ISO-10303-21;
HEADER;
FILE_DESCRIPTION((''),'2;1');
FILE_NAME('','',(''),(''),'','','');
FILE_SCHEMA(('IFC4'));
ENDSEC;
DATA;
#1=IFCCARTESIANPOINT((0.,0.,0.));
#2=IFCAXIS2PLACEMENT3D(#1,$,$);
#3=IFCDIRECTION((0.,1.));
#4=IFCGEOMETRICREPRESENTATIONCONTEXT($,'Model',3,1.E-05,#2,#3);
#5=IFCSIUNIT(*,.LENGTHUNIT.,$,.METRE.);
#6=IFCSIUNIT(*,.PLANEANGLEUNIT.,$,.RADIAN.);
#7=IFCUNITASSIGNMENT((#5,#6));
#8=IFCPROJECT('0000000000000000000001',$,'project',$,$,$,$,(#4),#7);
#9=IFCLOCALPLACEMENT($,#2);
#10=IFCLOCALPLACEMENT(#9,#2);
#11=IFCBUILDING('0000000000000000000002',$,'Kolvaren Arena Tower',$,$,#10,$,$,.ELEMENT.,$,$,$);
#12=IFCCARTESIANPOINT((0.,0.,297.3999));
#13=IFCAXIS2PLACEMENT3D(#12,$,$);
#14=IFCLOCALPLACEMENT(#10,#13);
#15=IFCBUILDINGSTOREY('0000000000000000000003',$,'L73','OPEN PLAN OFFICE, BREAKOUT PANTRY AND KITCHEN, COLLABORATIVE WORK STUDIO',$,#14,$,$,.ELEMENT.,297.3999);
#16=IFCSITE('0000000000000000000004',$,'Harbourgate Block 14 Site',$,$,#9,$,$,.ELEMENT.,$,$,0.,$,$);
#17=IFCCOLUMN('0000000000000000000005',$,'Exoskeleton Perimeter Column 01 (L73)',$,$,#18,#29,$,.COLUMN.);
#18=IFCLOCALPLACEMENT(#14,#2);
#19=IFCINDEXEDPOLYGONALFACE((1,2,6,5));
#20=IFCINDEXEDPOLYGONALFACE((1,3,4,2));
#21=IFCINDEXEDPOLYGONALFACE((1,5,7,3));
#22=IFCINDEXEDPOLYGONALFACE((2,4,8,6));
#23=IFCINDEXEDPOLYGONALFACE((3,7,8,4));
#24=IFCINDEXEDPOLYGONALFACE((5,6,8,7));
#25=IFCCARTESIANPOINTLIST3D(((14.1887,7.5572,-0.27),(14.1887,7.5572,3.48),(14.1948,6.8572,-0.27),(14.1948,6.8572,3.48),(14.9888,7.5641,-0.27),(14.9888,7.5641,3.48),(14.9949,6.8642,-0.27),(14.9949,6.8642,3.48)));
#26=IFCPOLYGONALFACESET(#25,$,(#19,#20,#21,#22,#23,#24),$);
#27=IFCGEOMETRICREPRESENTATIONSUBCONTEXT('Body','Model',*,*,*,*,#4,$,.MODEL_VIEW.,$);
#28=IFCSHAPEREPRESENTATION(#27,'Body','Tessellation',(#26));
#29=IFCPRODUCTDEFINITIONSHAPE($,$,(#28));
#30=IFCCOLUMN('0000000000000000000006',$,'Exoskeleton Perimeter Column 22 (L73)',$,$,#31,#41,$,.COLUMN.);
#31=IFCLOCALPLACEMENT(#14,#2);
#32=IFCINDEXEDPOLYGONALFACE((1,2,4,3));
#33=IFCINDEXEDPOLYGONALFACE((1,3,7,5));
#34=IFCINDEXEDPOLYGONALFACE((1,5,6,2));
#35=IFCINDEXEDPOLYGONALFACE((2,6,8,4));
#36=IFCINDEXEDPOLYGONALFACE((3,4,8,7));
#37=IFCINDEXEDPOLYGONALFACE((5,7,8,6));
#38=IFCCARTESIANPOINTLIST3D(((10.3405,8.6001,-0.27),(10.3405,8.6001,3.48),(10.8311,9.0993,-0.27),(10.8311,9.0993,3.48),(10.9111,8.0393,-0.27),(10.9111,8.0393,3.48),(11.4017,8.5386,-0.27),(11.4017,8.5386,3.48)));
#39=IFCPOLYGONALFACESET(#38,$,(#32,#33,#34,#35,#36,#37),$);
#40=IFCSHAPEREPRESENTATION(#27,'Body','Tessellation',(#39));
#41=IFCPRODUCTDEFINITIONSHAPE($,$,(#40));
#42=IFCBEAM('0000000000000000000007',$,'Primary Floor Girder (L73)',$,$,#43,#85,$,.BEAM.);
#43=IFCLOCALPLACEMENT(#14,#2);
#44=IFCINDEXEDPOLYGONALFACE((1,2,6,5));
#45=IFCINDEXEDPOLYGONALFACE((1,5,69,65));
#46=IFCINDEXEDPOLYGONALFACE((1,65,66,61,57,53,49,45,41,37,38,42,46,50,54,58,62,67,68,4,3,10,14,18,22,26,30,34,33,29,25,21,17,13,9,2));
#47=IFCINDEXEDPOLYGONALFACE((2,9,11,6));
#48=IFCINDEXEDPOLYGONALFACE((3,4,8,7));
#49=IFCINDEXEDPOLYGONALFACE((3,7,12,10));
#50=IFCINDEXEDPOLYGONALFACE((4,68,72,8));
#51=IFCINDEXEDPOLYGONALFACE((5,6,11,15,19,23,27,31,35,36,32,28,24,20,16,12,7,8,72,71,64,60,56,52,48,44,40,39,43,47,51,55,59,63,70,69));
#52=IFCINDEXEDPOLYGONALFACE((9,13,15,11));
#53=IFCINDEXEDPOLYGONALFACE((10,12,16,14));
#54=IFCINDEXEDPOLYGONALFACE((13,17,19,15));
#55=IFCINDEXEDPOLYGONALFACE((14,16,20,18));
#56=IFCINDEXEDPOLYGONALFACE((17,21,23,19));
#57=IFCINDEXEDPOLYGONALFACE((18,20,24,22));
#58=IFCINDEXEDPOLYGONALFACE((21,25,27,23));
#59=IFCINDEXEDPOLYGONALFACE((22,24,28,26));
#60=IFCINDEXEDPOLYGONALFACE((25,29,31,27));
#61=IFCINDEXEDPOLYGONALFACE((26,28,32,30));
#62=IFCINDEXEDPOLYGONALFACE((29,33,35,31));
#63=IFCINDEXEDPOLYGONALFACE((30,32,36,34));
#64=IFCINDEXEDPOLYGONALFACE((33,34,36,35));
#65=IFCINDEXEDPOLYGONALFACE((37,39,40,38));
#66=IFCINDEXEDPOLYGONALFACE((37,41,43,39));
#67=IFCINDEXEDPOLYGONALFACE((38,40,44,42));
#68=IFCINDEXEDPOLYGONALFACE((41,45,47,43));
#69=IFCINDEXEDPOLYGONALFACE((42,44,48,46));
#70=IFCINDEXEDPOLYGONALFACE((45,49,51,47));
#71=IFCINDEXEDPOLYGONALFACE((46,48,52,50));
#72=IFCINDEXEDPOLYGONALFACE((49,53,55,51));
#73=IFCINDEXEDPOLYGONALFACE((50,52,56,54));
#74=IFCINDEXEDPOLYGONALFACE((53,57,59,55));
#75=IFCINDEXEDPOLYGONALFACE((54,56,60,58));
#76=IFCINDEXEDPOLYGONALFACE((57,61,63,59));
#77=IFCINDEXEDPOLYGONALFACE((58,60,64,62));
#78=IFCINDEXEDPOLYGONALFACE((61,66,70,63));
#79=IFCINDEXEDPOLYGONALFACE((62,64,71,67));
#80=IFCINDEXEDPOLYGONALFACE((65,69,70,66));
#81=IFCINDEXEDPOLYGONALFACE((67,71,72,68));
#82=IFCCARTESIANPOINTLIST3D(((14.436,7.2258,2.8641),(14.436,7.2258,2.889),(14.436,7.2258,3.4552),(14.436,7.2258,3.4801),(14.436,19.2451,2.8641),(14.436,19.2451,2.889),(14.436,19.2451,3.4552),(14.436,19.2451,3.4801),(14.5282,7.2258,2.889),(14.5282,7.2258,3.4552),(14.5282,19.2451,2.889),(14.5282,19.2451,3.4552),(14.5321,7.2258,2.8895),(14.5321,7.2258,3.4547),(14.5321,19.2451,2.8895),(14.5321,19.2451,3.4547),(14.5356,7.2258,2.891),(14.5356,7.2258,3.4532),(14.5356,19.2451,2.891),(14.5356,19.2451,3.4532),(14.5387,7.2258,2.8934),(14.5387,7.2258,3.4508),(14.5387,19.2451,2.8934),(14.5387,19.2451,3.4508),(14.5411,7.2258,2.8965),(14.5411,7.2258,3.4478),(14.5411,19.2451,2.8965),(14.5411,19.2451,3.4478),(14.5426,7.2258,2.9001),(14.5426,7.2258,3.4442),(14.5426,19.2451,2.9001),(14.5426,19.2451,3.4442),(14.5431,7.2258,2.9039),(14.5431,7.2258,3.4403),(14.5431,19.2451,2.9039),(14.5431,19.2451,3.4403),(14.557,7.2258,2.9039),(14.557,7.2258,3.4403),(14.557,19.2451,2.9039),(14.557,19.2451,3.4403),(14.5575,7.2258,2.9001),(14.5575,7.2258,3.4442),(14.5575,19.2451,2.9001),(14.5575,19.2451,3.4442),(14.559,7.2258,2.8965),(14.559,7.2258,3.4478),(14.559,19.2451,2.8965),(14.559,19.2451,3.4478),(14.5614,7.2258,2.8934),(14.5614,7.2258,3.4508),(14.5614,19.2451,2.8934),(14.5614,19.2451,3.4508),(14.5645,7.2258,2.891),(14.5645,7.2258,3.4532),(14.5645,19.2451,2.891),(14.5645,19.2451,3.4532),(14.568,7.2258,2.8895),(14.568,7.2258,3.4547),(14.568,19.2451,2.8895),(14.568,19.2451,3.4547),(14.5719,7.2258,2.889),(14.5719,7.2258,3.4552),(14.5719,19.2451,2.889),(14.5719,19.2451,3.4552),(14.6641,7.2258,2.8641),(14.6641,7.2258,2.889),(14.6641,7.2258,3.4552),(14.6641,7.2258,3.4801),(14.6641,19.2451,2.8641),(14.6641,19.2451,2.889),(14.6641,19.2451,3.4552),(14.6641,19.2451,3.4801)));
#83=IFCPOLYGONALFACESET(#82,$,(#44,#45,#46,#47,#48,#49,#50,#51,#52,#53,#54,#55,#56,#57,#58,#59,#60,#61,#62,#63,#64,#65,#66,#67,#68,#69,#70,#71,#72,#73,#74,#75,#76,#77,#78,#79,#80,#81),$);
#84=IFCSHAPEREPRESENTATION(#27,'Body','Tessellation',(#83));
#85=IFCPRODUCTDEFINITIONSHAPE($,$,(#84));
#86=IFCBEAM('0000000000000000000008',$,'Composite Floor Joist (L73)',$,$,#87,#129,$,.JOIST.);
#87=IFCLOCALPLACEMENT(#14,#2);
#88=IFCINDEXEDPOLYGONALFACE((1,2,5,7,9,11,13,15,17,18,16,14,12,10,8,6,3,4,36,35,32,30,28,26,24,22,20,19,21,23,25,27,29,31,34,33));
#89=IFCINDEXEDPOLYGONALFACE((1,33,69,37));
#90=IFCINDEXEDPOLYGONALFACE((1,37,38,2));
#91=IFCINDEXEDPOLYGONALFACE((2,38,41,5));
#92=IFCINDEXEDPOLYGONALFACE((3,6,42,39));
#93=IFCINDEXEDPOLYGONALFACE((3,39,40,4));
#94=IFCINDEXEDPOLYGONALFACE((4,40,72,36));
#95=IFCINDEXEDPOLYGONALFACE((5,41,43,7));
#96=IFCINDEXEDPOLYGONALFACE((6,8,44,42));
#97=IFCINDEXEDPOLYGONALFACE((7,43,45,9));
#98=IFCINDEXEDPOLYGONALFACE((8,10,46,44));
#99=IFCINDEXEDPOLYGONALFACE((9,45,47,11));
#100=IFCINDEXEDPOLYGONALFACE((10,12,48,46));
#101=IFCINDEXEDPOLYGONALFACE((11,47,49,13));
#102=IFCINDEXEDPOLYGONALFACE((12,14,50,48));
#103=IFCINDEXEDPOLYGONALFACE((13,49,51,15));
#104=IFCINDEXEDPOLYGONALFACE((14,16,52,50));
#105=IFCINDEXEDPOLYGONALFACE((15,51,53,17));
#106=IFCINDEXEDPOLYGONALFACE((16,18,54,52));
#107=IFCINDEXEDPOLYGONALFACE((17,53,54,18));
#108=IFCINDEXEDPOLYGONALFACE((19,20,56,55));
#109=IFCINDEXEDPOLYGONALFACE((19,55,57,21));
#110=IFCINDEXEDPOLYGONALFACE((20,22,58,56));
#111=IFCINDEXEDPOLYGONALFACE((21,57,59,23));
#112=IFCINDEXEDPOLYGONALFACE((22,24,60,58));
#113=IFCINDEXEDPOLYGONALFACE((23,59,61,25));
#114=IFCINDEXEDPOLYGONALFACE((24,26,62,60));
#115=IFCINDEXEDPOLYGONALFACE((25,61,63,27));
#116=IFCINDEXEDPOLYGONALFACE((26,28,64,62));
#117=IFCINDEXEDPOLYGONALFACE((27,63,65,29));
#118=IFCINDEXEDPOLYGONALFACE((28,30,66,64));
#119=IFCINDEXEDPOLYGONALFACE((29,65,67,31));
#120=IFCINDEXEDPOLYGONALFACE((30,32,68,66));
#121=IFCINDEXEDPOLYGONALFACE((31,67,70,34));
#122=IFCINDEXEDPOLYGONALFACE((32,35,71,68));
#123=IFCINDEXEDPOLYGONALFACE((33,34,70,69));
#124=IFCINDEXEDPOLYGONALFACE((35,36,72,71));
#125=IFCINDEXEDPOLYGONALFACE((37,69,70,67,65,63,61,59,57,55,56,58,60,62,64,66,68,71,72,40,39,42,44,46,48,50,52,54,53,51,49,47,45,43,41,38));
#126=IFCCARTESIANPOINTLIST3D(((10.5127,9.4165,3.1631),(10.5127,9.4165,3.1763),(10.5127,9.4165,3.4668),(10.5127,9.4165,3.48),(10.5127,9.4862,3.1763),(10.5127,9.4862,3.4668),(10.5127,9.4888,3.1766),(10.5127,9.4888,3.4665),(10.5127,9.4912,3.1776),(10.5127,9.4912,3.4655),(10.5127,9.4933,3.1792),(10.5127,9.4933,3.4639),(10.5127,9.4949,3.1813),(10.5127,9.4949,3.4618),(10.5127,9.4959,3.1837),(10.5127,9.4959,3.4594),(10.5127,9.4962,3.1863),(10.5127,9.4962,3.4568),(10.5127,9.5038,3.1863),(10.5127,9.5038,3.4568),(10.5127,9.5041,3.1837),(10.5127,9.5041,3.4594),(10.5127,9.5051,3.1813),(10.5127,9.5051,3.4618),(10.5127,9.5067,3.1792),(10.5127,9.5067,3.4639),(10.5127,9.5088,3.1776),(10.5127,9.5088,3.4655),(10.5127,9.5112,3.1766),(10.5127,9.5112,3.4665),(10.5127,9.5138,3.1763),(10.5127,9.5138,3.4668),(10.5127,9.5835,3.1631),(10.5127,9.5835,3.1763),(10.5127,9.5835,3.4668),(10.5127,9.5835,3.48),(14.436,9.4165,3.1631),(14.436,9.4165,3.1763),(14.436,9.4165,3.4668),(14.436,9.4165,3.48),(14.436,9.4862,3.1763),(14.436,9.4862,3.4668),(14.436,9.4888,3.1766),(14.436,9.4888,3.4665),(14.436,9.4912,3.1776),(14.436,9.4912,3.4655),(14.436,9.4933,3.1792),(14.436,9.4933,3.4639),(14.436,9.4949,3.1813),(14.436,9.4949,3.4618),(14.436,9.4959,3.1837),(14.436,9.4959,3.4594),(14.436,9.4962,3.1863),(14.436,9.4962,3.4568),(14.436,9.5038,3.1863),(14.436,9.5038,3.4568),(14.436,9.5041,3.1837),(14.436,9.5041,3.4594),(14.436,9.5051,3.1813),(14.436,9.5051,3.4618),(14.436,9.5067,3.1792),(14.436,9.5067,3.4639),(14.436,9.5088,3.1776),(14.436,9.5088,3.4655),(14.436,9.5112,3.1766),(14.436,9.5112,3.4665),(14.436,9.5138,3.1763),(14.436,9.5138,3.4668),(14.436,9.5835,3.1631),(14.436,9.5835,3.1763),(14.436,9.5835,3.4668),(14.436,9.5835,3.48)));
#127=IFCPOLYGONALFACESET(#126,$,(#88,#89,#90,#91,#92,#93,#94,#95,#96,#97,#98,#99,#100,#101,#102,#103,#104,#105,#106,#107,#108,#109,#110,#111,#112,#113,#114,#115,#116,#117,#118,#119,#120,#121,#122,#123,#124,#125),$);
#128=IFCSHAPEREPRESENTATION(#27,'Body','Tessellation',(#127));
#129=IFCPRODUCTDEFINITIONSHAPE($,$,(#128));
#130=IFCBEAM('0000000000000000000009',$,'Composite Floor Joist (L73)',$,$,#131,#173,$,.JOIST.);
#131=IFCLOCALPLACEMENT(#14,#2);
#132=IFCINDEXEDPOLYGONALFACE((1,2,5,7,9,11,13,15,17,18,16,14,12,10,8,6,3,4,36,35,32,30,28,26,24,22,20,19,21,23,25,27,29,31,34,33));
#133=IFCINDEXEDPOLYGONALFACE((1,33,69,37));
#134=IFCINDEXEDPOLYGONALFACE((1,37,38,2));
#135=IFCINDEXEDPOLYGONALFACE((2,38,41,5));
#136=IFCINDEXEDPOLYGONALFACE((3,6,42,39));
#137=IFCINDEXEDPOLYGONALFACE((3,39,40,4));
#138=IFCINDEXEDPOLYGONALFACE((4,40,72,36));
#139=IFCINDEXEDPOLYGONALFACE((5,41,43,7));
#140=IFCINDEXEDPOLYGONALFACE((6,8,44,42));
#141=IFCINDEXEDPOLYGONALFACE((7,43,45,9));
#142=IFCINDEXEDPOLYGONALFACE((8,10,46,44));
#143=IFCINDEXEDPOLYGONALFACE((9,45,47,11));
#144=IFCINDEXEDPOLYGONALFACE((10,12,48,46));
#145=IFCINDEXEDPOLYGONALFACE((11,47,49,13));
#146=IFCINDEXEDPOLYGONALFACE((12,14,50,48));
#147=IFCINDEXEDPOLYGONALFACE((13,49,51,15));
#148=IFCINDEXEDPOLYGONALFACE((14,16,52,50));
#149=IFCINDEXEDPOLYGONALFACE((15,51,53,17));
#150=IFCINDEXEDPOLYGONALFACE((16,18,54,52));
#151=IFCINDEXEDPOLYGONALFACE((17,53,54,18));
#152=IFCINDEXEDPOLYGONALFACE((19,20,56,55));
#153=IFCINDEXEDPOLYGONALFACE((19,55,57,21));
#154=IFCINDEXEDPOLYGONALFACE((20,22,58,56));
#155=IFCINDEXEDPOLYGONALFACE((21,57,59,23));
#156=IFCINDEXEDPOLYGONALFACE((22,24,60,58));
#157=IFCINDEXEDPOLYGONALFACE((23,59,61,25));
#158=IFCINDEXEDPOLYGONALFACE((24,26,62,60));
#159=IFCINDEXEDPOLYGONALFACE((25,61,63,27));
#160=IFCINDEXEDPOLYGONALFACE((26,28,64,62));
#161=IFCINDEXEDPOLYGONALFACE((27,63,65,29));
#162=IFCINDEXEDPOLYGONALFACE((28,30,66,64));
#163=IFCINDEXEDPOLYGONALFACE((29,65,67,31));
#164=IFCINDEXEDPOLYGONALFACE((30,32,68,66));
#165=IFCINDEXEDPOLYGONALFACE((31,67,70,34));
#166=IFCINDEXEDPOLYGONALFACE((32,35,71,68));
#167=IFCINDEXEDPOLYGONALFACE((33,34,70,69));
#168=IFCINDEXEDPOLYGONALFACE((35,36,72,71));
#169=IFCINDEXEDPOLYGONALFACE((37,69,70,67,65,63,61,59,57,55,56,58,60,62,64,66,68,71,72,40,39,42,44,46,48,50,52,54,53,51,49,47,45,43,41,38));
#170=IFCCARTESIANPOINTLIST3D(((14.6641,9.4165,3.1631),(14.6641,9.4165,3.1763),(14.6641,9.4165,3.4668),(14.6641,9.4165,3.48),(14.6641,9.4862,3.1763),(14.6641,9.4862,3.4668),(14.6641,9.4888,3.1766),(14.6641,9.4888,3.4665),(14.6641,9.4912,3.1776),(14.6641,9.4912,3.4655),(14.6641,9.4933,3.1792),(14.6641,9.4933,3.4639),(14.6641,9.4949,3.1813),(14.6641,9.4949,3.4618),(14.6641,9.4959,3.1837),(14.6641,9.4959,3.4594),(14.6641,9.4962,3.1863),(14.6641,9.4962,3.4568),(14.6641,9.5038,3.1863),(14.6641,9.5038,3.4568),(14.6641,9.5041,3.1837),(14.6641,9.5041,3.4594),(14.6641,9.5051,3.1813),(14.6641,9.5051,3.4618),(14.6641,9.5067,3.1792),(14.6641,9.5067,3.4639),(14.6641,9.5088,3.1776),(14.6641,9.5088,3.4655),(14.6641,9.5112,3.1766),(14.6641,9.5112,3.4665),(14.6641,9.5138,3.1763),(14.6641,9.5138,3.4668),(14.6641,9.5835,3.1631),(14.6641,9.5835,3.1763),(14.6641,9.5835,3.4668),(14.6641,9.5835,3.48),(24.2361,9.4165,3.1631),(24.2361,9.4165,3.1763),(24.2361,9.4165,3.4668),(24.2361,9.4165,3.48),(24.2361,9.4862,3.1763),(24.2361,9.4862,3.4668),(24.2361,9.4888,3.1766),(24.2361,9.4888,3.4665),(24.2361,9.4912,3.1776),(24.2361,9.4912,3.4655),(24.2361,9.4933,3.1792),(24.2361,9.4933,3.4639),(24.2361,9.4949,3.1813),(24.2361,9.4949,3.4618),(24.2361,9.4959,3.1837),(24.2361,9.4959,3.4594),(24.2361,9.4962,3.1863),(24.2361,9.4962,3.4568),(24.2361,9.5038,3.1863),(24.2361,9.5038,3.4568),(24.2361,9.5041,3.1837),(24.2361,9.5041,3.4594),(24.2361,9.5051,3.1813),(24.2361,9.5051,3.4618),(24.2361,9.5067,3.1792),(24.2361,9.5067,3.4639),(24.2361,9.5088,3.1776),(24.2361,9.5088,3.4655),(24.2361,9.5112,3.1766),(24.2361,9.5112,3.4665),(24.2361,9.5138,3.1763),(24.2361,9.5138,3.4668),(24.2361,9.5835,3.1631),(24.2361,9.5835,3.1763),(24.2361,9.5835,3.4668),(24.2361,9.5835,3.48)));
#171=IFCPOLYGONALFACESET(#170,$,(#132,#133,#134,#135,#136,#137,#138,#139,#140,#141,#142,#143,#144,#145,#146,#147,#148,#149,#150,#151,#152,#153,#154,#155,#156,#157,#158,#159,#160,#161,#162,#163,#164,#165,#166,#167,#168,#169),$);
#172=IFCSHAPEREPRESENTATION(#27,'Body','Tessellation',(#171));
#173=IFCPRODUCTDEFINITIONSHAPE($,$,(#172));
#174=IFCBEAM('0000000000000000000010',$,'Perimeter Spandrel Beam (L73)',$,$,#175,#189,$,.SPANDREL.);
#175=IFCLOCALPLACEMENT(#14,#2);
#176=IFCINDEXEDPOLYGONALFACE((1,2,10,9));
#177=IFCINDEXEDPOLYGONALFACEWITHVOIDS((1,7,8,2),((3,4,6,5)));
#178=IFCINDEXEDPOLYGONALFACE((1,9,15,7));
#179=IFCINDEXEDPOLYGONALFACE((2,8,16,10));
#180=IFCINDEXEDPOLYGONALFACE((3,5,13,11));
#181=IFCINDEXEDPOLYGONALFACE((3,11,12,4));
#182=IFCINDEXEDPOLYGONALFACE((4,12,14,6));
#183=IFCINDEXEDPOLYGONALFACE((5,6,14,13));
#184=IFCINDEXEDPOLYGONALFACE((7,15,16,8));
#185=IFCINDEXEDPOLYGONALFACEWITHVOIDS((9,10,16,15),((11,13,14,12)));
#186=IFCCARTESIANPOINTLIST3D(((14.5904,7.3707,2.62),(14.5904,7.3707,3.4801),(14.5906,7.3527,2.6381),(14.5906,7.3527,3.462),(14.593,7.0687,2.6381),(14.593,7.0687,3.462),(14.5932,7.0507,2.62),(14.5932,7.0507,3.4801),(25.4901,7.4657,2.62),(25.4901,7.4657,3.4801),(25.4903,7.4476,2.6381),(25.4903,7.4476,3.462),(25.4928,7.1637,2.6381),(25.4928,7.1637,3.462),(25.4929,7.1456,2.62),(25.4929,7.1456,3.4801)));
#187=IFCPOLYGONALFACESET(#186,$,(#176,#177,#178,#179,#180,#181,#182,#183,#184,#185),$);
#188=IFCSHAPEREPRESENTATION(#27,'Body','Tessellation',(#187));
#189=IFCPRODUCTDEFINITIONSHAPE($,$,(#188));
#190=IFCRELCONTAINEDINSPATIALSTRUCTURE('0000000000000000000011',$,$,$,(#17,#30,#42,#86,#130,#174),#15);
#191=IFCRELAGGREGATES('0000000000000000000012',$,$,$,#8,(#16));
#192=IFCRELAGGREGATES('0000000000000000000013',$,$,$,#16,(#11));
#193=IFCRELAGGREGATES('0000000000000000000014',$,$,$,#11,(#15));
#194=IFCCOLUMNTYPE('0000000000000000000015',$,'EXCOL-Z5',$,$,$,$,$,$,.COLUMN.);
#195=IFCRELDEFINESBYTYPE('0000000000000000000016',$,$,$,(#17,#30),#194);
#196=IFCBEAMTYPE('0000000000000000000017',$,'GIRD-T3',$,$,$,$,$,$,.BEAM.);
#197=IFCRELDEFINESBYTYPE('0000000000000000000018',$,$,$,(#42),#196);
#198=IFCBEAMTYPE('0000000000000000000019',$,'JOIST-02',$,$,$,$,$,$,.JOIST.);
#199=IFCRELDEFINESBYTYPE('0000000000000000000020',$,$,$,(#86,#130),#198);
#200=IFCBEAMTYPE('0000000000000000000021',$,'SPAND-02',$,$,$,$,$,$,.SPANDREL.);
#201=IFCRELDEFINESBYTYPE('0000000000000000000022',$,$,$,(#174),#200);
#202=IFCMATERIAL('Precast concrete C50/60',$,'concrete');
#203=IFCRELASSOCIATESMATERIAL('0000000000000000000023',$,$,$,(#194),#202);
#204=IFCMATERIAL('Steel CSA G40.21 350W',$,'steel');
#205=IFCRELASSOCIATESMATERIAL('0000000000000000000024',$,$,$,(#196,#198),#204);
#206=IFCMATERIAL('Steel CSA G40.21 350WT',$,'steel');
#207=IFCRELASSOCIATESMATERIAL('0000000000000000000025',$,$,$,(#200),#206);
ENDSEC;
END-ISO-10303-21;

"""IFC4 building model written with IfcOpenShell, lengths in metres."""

from ifc_helpers import new_model, si_unit, direction, frame, origin, origin_2d, place, context, subcontext, project, spatial, rectangle, hollow_rectangle, i_section, extrude, material, material_profile, profile_set, type_object, element, save


model = new_model("IFC4")

# Units and contexts
model_context = context("Model", 3, precision=1e-05, world=origin(), true_north=direction((0.0, 1.0)))
body_context = subcontext(model_context, "Body", "Model", "MODEL_VIEW")
ifc_project = project(units=[si_unit("LENGTHUNIT", "METRE"), si_unit("PLANEANGLEUNIT", "RADIAN")], contexts=[model_context])

# Site, building, storey
site_placement = place(None, origin())
site = spatial("IfcSite", under=ifc_project, at=site_placement, Name="Harbourgate Block 14 Site", CompositionType="ELEMENT", RefElevation=0.0)
building_placement = place(site_placement, origin())
building = spatial("IfcBuilding", under=site, at=building_placement, Name="Kolvaren Arena Tower", CompositionType="ELEMENT")
storey_placement = place(building_placement, frame((0.0, 0.0, 297.3999)))
storey = spatial("IfcBuildingStorey", under=building, at=storey_placement, Name="L73", Description="OPEN PLAN OFFICE, BREAKOUT PANTRY AND KITCHEN, COLLABORATIVE WORK STUDIO", CompositionType="ELEMENT", Elevation=297.3999)

# Columns
ifc_material_1 = material(Name="Precast concrete C50/60", Category="concrete")
ifc_material_profile_1 = material_profile(ifc_material_1, rectangle(XDim=0.8, YDim=0.7, at=origin_2d()), Name="RC-800x700")
ifc_profile_set_1 = profile_set([ifc_material_profile_1], Name="Precast concrete C50/60")
column_type = type_object("IfcColumnType", Name="EXCOL-Z5", PredefinedType="COLUMN", material=ifc_profile_set_1)
for number, where, z_axis, x_axis, name in (
    (1, (14.5918, 7.2107, -0.27), (0.0, 0.0, 1.0), (0.999962, 0.008727, 0.0), "Exoskeleton Perimeter Column 01 (L73)"),
    (2, (10.8711, 8.5693, -0.27), (0.0, 0.0, 1.0), (-0.71325, 0.700909, 0.0), "Exoskeleton Perimeter Column 22 (L73)"),
):
    element("IfcColumn", number, at=place(storey_placement, frame(where, z_axis=z_axis, x_axis=x_axis)), inside=storey, type_object=column_type, Name=name, PredefinedType="COLUMN", context=body_context, shape_type="SweptSolid", body=[
        extrude(rectangle(XDim=0.8, YDim=0.7, at=origin_2d()), origin(), (0.0, 0.0, 1.0), 3.75),
    ])

# Beams
ifc_material_2 = material(Name="Steel CSA G40.21 350W", Category="steel")
ifc_material_profile_2 = material_profile(ifc_material_2, i_section(OverallWidth=0.228, OverallDepth=0.616, WebThickness=0.0139, FlangeThickness=0.0249, FilletRadius=0.0149, at=origin_2d()), Name="W610x174")
ifc_profile_set_2 = profile_set([ifc_material_profile_2], Name="Steel CSA G40.21 350W")
beam_type_1 = type_object("IfcBeamType", Name="GIRD-T3", PredefinedType="BEAM", material=ifc_profile_set_2)
beam_1_placement = place(storey_placement, frame((14.55, 7.2258, 3.1721), z_axis=(0.0, 1.0, 0.0), x_axis=(-1.0, 0.0, 0.0)))
element("IfcBeam", 3, at=beam_1_placement, inside=storey, type_object=beam_type_1, Name="Primary Floor Girder (L73)", PredefinedType="BEAM", context=body_context, shape_type="SweptSolid", body=[
    extrude(i_section(OverallWidth=0.228, OverallDepth=0.616, WebThickness=0.0139, FlangeThickness=0.0249, FilletRadius=0.0149, at=origin_2d()), origin(), (0.0, 0.0, 1.0), 12.0193),
])
ifc_material_profile_3 = material_profile(ifc_material_2, i_section(OverallWidth=0.167, OverallDepth=0.3169, WebThickness=0.0076, FlangeThickness=0.0132, FilletRadius=0.01, at=origin_2d()), Name="W310x52")
ifc_profile_set_3 = profile_set([ifc_material_profile_3], Name="Steel CSA G40.21 350W")
beam_type_2 = type_object("IfcBeamType", Name="JOIST-02", PredefinedType="JOIST", material=ifc_profile_set_3)
beam_2_placement = place(storey_placement, frame((10.5127, 9.5, 3.3215), z_axis=(1.0, 0.0, 0.0), x_axis=(0.0, 1.0, 0.0)))
element("IfcBeam", 4, at=beam_2_placement, inside=storey, type_object=beam_type_2, Name="Composite Floor Joist (L73)", PredefinedType="JOIST", context=body_context, shape_type="SweptSolid", body=[
    extrude(i_section(OverallWidth=0.167, OverallDepth=0.3169, WebThickness=0.0076, FlangeThickness=0.0132, FilletRadius=0.01, at=origin_2d()), origin(), (0.0, 0.0, 1.0), 3.9233),
])
beam_3_placement = place(storey_placement, frame((14.6641, 9.5, 3.3215), z_axis=(1.0, 0.0, 0.0), x_axis=(0.0, 1.0, 0.0)))
element("IfcBeam", 5, at=beam_3_placement, inside=storey, type_object=beam_type_2, Name="Composite Floor Joist (L73)", PredefinedType="JOIST", context=body_context, shape_type="SweptSolid", body=[
    extrude(i_section(OverallWidth=0.167, OverallDepth=0.3169, WebThickness=0.0076, FlangeThickness=0.0132, FilletRadius=0.01, at=origin_2d()), origin(), (0.0, 0.0, 1.0), 9.572),
])
ifc_material_3 = material(Name="Steel CSA G40.21 350WT", Category="steel")
ifc_material_profile_4 = material_profile(ifc_material_3, hollow_rectangle(XDim=0.3201, YDim=0.8601, WallThickness=0.0181, at=origin_2d()), Name="HSS 860x320x18")
ifc_profile_set_4 = profile_set([ifc_material_profile_4], Name="Steel CSA G40.21 350WT")
beam_type_3 = type_object("IfcBeamType", Name="SPAND-02", PredefinedType="SPANDREL", material=ifc_profile_set_4)
beam_4_placement = place(storey_placement, frame((14.5918, 7.2107, 3.05), z_axis=(0.999962, 0.008713, 0.0), x_axis=(-0.008713, 0.999962, 0.0)))
element("IfcBeam", 6, at=beam_4_placement, inside=storey, type_object=beam_type_3, Name="Perimeter Spandrel Beam (L73)", PredefinedType="SPANDREL", context=body_context, shape_type="SweptSolid", body=[
    extrude(hollow_rectangle(XDim=0.3201, YDim=0.8601, WallThickness=0.0181, at=origin_2d()), origin(), (0.0, 0.0, 1.0), 10.9001),
])

save(model, "model.ifc")
